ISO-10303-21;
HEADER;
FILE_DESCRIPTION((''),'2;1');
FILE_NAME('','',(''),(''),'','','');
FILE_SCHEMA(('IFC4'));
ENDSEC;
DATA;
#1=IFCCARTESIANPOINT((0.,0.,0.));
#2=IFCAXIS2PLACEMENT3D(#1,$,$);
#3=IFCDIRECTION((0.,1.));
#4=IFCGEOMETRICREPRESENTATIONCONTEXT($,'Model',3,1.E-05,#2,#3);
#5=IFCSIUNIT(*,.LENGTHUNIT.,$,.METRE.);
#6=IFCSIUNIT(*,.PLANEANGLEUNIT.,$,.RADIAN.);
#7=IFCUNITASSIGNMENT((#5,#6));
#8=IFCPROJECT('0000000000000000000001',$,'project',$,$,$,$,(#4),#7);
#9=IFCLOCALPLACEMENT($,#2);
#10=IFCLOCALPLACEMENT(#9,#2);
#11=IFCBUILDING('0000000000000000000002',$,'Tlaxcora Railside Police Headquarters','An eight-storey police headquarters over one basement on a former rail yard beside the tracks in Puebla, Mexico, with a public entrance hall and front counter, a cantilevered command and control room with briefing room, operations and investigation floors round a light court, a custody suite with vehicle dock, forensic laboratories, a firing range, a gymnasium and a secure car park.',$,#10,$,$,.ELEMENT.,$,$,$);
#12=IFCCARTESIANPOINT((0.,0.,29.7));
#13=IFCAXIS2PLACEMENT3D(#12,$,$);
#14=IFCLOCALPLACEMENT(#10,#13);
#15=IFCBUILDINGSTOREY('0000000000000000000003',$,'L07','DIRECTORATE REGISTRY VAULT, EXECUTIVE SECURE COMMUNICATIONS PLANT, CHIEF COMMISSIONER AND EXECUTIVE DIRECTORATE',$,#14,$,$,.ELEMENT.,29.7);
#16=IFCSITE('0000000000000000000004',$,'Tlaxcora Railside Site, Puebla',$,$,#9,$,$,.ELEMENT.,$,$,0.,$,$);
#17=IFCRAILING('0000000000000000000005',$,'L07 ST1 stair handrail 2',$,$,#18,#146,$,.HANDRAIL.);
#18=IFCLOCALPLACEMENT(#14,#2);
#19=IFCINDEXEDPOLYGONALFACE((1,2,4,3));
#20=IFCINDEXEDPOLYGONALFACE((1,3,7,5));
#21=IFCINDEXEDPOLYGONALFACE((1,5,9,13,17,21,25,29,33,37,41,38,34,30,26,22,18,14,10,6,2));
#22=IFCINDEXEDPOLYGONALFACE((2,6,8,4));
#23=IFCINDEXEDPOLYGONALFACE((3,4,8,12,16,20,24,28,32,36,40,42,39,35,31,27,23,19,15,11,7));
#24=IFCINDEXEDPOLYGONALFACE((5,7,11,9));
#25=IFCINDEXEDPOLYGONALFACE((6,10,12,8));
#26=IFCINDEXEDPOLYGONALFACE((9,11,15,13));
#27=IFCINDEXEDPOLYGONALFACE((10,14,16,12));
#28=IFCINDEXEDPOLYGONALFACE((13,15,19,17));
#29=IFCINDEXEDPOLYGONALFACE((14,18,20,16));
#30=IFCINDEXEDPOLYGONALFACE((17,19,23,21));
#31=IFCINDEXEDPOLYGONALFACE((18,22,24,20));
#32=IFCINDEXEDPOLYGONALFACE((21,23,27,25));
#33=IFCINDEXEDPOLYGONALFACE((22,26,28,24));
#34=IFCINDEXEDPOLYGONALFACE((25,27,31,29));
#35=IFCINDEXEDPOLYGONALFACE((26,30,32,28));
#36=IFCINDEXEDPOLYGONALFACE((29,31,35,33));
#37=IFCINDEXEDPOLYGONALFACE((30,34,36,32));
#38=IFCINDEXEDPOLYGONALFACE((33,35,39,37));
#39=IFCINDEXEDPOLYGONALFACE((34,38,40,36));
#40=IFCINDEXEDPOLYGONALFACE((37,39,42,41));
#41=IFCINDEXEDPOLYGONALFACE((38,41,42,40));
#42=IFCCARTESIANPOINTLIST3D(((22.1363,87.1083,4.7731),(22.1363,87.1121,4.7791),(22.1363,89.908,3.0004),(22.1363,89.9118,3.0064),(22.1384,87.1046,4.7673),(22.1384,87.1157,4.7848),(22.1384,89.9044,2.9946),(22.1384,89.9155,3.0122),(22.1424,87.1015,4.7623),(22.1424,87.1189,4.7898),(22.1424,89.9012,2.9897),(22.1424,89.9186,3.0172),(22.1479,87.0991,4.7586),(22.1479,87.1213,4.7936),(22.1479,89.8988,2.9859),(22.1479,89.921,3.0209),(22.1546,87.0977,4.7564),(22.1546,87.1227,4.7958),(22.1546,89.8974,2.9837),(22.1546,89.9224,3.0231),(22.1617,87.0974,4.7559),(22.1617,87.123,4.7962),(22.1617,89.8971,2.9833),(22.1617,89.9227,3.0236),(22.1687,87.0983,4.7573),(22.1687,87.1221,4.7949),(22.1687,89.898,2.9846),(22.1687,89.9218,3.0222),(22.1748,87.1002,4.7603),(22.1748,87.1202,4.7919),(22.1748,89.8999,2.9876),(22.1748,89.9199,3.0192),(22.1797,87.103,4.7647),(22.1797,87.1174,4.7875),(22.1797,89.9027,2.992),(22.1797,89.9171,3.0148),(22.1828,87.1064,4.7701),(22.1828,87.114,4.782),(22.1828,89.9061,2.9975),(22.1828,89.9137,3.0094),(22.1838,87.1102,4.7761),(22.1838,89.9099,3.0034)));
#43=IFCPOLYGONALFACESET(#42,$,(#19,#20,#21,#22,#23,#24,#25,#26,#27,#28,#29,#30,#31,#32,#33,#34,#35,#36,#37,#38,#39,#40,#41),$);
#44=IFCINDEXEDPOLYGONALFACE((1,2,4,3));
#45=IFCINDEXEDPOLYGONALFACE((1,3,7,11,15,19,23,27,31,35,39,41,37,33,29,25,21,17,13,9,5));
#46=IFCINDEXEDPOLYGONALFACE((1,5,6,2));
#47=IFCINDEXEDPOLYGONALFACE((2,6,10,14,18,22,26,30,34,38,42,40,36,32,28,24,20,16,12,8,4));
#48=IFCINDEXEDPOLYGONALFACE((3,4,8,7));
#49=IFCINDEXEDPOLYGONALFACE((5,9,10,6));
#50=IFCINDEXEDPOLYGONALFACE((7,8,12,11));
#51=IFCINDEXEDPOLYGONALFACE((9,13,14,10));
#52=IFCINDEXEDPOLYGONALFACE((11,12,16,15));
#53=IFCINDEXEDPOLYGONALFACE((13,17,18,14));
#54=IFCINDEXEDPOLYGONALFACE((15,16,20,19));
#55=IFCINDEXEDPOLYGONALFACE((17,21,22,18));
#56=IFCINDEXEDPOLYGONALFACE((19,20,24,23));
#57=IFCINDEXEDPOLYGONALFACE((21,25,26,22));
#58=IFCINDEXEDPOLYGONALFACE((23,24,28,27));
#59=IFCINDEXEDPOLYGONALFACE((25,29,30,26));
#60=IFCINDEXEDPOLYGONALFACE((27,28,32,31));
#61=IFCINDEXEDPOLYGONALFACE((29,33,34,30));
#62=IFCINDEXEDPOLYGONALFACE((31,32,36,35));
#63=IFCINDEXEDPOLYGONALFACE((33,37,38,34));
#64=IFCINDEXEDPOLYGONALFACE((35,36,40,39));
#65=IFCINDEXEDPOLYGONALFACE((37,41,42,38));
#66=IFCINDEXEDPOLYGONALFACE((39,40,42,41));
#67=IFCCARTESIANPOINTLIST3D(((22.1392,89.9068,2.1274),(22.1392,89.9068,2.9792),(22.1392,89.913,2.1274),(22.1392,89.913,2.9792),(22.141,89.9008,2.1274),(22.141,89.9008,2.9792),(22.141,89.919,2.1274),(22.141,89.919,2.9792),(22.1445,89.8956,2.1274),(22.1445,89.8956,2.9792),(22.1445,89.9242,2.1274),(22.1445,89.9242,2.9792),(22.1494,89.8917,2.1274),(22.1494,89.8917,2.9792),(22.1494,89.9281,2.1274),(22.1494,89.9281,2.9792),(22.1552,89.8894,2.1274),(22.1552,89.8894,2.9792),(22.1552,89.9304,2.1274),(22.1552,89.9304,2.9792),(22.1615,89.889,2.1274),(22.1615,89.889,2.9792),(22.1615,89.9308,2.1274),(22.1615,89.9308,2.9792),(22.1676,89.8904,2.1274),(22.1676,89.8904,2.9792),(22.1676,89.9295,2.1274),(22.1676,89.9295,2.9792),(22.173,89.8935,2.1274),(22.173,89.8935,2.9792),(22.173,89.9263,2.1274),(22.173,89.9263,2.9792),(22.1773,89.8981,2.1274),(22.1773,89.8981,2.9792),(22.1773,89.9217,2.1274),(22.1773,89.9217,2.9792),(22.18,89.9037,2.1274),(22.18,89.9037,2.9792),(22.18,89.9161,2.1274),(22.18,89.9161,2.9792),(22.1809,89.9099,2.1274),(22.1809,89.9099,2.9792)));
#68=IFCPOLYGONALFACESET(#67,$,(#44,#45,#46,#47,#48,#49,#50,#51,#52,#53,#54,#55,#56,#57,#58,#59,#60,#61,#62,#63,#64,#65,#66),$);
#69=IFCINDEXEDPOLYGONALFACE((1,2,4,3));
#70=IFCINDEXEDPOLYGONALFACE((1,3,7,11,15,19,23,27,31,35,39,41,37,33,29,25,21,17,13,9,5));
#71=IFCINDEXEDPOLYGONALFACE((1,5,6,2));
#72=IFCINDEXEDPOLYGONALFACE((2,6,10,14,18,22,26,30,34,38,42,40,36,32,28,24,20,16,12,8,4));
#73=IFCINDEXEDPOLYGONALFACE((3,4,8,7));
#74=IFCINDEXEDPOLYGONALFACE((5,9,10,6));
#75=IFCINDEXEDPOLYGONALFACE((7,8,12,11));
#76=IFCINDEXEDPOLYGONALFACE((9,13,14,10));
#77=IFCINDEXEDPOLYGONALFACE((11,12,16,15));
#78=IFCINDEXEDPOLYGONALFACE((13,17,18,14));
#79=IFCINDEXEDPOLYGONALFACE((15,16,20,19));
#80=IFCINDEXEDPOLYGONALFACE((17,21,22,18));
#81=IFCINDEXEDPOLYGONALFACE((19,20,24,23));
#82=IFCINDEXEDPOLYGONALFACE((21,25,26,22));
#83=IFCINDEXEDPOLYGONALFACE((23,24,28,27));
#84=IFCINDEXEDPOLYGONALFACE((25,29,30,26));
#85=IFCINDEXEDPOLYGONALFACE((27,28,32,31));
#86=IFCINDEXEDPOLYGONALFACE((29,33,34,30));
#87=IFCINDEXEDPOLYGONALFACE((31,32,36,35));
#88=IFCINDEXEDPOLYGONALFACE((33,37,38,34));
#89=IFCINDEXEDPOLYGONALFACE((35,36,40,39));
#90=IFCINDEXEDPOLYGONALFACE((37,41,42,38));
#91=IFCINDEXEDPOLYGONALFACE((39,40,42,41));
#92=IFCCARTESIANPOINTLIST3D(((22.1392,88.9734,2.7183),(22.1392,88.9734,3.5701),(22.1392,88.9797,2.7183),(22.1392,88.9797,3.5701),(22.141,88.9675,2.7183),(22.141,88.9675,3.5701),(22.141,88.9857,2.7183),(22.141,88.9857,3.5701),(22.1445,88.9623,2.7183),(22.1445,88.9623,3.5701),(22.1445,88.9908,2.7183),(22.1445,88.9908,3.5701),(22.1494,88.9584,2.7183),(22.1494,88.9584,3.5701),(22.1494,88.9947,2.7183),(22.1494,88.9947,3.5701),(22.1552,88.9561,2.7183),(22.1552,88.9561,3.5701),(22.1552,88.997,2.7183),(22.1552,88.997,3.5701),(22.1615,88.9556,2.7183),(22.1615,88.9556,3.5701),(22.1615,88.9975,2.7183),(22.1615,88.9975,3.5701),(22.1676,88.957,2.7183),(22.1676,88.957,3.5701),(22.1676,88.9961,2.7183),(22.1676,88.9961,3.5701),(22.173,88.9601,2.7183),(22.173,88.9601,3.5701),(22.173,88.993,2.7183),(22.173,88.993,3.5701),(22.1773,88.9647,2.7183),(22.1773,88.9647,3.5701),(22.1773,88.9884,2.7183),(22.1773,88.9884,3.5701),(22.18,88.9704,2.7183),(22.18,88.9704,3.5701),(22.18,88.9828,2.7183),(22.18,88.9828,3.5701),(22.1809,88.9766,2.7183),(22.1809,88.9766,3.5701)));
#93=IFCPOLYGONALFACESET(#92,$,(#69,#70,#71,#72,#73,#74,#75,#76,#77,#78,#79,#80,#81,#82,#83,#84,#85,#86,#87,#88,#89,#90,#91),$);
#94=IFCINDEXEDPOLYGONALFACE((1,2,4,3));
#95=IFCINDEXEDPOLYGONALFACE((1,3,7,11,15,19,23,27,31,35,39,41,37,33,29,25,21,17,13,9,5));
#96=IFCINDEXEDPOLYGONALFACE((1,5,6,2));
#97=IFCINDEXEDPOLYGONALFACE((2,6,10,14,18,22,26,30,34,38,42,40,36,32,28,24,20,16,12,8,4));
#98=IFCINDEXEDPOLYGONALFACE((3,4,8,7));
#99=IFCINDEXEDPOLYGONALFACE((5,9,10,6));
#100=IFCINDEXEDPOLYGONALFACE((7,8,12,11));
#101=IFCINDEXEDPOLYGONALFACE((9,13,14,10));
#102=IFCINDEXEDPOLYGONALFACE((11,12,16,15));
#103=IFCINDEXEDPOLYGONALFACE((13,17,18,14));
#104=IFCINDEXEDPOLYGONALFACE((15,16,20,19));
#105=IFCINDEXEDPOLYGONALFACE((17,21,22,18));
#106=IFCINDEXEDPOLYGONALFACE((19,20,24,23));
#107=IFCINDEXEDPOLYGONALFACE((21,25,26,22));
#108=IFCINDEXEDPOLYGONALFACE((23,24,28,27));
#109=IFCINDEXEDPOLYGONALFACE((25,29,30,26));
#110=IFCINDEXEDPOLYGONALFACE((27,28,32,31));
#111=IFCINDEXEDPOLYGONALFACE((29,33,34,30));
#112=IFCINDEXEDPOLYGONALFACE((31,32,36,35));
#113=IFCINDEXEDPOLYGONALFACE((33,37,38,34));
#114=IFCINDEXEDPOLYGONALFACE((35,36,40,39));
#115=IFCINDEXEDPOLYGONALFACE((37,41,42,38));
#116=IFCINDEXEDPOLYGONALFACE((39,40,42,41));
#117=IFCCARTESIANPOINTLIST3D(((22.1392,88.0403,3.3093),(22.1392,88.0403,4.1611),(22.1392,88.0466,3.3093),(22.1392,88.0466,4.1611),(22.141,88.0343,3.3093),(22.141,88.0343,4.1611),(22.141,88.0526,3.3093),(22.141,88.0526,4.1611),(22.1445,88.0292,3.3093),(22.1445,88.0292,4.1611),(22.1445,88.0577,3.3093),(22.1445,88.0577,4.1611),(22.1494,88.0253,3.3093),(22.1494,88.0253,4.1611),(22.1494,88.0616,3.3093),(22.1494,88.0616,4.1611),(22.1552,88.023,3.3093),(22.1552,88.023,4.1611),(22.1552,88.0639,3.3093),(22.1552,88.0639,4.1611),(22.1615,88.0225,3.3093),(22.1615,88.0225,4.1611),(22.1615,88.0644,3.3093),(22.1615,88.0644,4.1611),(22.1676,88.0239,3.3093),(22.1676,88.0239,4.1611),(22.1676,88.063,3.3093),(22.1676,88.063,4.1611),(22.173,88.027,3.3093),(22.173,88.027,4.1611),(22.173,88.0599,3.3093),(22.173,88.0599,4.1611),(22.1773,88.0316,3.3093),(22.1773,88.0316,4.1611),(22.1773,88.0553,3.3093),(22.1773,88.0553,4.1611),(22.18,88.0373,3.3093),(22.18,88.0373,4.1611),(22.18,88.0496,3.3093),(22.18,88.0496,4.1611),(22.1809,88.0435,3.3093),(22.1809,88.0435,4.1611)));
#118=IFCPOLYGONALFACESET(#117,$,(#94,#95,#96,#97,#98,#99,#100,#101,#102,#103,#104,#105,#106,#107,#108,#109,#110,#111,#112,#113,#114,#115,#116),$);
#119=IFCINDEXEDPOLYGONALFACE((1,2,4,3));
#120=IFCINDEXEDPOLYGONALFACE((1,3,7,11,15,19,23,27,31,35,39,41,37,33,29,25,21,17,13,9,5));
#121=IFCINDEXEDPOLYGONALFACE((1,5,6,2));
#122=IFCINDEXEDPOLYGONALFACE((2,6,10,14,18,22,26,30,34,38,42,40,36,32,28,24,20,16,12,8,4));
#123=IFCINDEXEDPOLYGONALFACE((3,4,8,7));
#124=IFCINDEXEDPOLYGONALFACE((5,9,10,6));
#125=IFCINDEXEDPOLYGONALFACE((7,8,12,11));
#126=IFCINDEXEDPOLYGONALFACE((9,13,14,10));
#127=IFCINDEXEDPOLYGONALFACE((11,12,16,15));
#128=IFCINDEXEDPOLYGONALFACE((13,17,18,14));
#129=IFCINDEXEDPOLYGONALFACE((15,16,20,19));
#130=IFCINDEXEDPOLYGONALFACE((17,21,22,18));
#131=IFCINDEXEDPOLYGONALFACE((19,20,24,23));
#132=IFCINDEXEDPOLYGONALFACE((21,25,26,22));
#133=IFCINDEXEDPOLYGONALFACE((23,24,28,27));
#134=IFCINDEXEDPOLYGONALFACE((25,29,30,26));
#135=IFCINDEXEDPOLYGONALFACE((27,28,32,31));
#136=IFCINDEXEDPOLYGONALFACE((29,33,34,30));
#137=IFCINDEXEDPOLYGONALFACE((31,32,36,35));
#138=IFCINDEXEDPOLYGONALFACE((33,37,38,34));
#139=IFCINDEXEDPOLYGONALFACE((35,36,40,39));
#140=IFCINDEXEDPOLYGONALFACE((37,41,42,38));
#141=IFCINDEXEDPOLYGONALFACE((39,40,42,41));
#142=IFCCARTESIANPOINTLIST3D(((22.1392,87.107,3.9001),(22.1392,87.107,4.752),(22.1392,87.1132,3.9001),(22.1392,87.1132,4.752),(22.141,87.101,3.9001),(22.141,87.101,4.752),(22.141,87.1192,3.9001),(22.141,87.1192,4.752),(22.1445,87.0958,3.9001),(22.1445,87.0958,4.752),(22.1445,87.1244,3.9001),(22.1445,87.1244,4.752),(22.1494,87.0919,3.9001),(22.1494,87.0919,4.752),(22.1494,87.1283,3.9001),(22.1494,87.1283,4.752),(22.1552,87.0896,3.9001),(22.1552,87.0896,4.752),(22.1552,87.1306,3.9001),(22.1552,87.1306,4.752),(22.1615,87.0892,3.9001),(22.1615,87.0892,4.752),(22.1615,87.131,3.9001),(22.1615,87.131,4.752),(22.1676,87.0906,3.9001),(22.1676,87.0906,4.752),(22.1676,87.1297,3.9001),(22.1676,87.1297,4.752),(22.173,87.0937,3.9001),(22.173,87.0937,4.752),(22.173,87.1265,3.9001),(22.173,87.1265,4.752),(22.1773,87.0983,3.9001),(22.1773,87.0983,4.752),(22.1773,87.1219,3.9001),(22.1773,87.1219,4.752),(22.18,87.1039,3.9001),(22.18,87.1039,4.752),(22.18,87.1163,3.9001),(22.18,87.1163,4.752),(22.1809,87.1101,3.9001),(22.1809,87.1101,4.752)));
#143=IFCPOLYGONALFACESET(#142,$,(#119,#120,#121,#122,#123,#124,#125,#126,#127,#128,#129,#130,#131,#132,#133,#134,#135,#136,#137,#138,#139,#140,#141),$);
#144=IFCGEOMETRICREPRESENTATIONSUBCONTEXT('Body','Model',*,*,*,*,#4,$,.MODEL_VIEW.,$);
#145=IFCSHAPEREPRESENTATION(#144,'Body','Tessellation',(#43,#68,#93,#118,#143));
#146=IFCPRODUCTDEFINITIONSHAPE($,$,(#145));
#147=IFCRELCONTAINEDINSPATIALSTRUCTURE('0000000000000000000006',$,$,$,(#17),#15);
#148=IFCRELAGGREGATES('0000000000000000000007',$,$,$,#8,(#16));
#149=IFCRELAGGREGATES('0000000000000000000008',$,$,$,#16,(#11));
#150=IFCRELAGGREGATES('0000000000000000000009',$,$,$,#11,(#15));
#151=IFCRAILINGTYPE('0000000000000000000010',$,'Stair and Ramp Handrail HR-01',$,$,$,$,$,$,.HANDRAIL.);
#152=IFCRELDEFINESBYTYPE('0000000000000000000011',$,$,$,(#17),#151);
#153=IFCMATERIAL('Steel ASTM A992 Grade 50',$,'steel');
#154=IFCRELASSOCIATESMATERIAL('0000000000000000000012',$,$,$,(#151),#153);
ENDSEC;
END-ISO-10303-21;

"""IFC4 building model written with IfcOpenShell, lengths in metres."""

from ifc_helpers import new_model, si_unit, direction, frame, origin, origin_2d, place, context, subcontext, project, spatial, circle, extrude, material, type_object, element, save


model = new_model("IFC4")

# Units and contexts
model_context = context("Model", 3, precision=1e-05, world=origin(), true_north=direction((0.0, 1.0)))
body_context = subcontext(model_context, "Body", "Model", "MODEL_VIEW")
ifc_project = project(units=[si_unit("LENGTHUNIT", "METRE"), si_unit("PLANEANGLEUNIT", "RADIAN")], contexts=[model_context])

# Site, building, storey
site_placement = place(None, origin())
site = spatial("IfcSite", under=ifc_project, at=site_placement, Name="Tlaxcora Railside Site, Puebla", CompositionType="ELEMENT", RefElevation=0.0)
building_placement = place(site_placement, origin())
building = spatial("IfcBuilding", under=site, at=building_placement, Name="Tlaxcora Railside Police Headquarters", Description="An eight-storey police headquarters over one basement on a former rail yard beside the tracks in Puebla, Mexico, with a public entrance hall and front counter, a cantilevered command and control room with briefing room, operations and investigation floors round a light court, a custody suite with vehicle dock, forensic laboratories, a firing range, a gymnasium and a secure car park.", CompositionType="ELEMENT")
storey_placement = place(building_placement, frame((0.0, 0.0, 29.7)))
storey = spatial("IfcBuildingStorey", under=building, at=storey_placement, Name="L07", Description="DIRECTORATE REGISTRY VAULT, EXECUTIVE SECURE COMMUNICATIONS PLANT, CHIEF COMMISSIONER AND EXECUTIVE DIRECTORATE", CompositionType="ELEMENT", Elevation=29.7)

# Shared definitions
ifc_material_1 = material(Name="Steel ASTM A992 Grade 50", Category="steel")

# Railing
railing_type_1 = type_object("IfcRailingType", Name="Stair and Ramp Handrail HR-01", PredefinedType="HANDRAIL", material=ifc_material_1)
railing_1_placement = place(storey_placement, frame((22.1599, 89.9099, 2.1274)))
element("IfcRailing", 1, at=railing_1_placement, inside=storey, type_object=railing_type_1, Name="L07 ST1 stair handrail 2", PredefinedType="HANDRAIL", context=body_context, shape_type="SweptSolid", body=[
    extrude(circle(Radius=0.0239, at=origin_2d()), frame((0.0, 0.0, 0.876), z_axis=(0.0, -0.844888, 0.534943), x_axis=(1.0, 0.0, 0.0)), (0.0, 0.0, 1.0), 3.3137),
    extrude(circle(Radius=0.021, at=origin_2d()), origin(), (0.0, 0.0, 1.0), 0.8518),
    extrude(circle(Radius=0.021, at=origin_2d()), frame((0.0, -0.9333, 0.5908)), (0.0, 0.0, 1.0), 0.8518),
    extrude(circle(Radius=0.021, at=origin_2d()), frame((0.0, -1.8665, 1.1819)), (0.0, 0.0, 1.0), 0.8518),
    extrude(circle(Radius=0.021, at=origin_2d()), frame((0.0, -2.7998, 1.7727)), (0.0, 0.0, 1.0), 0.8518),
])

save(model, "model.ifc")
